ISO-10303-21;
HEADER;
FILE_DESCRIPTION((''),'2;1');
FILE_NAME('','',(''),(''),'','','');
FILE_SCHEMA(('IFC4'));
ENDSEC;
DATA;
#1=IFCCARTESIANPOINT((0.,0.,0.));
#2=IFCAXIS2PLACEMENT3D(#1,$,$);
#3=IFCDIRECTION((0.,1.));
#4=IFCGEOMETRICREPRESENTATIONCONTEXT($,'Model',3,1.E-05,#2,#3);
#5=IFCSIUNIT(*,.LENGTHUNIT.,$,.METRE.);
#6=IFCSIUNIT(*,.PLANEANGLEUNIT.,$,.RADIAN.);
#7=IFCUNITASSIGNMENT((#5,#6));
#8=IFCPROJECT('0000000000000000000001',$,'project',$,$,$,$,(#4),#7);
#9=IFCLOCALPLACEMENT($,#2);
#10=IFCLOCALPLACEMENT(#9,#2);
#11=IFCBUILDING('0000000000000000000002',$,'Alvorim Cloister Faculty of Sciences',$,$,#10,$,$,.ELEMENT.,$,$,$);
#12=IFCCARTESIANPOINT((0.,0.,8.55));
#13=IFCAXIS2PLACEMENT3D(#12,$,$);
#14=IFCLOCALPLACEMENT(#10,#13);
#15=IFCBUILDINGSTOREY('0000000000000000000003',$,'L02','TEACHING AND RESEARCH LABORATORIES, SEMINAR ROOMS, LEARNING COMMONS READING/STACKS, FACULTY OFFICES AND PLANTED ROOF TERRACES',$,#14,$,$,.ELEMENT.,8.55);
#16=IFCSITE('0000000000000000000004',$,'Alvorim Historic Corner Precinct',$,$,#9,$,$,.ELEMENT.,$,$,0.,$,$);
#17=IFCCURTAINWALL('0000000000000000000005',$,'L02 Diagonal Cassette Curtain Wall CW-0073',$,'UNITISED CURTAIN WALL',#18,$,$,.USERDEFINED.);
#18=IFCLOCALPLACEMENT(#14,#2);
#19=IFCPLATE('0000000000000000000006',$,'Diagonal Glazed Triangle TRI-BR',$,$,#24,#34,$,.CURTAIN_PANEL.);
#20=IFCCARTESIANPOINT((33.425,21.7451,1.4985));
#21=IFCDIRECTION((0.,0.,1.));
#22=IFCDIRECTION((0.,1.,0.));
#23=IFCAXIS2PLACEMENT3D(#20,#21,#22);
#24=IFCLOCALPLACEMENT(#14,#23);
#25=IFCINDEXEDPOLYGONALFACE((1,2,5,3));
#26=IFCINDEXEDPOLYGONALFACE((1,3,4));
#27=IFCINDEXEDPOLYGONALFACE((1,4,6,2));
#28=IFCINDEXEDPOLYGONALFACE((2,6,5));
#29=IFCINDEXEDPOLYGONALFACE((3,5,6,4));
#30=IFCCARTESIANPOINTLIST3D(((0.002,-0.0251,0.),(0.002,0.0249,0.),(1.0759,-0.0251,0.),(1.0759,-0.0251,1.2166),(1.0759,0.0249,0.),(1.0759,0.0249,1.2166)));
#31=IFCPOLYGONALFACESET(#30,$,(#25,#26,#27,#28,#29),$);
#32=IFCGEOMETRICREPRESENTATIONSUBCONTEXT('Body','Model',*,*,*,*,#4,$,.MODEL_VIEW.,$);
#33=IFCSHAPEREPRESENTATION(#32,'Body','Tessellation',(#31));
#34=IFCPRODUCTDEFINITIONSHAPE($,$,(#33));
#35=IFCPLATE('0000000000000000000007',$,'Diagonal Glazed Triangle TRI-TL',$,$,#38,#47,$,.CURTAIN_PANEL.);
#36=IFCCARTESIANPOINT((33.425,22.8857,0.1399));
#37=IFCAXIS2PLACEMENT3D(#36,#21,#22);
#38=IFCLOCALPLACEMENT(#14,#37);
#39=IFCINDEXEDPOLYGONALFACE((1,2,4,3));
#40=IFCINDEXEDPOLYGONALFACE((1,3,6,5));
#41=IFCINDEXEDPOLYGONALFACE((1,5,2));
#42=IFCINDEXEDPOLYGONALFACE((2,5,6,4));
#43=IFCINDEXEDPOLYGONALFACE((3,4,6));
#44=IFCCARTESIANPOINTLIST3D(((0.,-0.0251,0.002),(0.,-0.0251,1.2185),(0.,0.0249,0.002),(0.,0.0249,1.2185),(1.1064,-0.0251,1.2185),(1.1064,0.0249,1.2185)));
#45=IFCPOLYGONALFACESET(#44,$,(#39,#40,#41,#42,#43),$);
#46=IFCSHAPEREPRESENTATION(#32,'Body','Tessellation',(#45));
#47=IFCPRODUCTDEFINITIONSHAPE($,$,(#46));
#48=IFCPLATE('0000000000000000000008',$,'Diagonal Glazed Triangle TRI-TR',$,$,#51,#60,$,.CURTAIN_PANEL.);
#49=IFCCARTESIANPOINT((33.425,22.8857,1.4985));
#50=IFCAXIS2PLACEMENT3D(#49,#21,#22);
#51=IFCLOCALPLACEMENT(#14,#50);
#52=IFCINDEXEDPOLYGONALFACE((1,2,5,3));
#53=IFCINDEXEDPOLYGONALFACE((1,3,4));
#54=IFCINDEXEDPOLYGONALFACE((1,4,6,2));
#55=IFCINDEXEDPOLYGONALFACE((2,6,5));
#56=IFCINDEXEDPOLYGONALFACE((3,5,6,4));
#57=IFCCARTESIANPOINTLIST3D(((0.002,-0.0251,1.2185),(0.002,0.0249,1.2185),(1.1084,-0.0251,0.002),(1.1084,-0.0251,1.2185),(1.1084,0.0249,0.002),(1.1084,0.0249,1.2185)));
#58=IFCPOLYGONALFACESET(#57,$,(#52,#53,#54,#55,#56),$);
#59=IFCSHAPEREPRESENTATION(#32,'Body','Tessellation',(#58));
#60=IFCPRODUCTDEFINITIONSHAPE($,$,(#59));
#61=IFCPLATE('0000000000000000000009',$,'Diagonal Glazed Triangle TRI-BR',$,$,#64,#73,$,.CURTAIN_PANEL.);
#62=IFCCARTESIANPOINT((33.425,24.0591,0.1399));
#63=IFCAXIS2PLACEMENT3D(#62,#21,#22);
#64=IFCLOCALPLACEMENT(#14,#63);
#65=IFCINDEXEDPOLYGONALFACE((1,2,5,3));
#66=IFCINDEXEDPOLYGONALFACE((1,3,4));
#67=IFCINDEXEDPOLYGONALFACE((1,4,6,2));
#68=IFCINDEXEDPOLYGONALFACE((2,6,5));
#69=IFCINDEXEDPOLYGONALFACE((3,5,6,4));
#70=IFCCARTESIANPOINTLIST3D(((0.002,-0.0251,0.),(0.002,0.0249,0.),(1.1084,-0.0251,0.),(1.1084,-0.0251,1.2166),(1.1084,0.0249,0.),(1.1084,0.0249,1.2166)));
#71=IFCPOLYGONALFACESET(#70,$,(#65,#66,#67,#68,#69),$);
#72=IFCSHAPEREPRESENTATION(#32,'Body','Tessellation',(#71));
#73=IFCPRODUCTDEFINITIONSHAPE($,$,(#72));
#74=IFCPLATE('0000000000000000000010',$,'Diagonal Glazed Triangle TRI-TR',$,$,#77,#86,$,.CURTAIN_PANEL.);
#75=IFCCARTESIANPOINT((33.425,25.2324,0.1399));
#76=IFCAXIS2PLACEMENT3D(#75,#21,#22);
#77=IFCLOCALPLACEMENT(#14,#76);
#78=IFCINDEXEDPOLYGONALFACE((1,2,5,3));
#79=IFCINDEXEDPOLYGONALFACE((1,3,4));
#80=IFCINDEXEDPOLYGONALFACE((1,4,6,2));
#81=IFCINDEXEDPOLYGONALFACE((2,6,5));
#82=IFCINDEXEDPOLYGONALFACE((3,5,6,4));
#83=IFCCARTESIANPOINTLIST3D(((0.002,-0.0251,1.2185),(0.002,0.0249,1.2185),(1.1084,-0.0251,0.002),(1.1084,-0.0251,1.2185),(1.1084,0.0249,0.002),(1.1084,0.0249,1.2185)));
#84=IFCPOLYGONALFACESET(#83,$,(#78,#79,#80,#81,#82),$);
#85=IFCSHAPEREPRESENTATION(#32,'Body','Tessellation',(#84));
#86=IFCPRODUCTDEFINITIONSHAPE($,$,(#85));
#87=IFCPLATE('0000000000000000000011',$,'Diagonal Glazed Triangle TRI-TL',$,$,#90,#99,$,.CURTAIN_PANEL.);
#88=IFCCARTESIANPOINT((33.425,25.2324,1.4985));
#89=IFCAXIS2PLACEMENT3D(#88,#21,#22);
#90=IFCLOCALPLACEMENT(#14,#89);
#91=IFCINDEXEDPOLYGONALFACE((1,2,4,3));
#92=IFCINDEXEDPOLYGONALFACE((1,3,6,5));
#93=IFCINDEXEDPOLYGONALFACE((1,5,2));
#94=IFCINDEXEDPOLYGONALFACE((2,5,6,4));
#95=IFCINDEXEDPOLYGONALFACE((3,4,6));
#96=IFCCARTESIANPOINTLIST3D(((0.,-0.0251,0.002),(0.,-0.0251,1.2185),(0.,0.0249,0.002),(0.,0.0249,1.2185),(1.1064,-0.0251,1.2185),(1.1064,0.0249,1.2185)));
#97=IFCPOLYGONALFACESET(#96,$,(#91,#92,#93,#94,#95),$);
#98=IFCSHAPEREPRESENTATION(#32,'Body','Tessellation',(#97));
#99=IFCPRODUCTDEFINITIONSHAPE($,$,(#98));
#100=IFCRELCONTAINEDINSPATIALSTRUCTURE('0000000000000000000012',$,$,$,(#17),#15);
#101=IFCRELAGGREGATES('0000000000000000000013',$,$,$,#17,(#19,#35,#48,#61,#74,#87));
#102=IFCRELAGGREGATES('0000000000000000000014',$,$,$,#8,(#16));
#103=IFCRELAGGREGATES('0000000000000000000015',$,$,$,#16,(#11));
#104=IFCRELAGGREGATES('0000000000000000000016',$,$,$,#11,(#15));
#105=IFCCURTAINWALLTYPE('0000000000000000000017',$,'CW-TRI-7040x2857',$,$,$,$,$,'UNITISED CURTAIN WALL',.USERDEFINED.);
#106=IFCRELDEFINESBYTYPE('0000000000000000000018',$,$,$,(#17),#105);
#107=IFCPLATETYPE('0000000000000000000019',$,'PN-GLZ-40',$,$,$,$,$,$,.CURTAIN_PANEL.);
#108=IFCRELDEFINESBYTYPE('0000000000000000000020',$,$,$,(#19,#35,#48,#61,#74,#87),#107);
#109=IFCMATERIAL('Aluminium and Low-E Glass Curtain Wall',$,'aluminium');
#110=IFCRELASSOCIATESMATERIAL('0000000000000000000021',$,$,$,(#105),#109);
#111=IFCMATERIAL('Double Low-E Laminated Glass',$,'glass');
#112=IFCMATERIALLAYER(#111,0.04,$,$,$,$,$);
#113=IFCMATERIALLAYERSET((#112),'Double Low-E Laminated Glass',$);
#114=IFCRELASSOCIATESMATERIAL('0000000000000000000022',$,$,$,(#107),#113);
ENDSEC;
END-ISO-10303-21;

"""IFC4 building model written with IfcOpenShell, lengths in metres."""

from ifc_helpers import new_model, si_unit, direction, frame, origin, place, context, subcontext, project, spatial, polyline, outline, extrude, material, layer, layer_set, type_object, element, aggregate, save


model = new_model("IFC4")

# Units and contexts
model_context = context("Model", 3, precision=1e-05, world=origin(), true_north=direction((0.0, 1.0)))
body_context = subcontext(model_context, "Body", "Model", "MODEL_VIEW")
ifc_project = project(units=[si_unit("LENGTHUNIT", "METRE"), si_unit("PLANEANGLEUNIT", "RADIAN")], contexts=[model_context])

# Site, building, storey
site_placement = place(None, origin())
site = spatial("IfcSite", under=ifc_project, at=site_placement, Name="Alvorim Historic Corner Precinct", CompositionType="ELEMENT", RefElevation=0.0)
building_placement = place(site_placement, origin())
building = spatial("IfcBuilding", under=site, at=building_placement, Name="Alvorim Cloister Faculty of Sciences", CompositionType="ELEMENT")
storey_placement = place(building_placement, frame((0.0, 0.0, 8.55)))
storey = spatial("IfcBuildingStorey", under=building, at=storey_placement, Name="L02", Description="TEACHING AND RESEARCH LABORATORIES, SEMINAR ROOMS, LEARNING COMMONS READING/STACKS, FACULTY OFFICES AND PLANTED ROOF TERRACES", CompositionType="ELEMENT", Elevation=8.55)

# Curtain wall, plates
ifc_material_1 = material(Name="Aluminium and Low-E Glass Curtain Wall", Category="aluminium")
curtain_wall_type = type_object("IfcCurtainWallType", Name="CW-TRI-7040x2857", ElementType="UNITISED CURTAIN WALL", PredefinedType="USERDEFINED", material=ifc_material_1)
curtain_wall_placement = place(storey_placement, origin())
curtain_wall = element("IfcCurtainWall", 1, at=curtain_wall_placement, inside=storey, type_object=curtain_wall_type, Name="L02 Diagonal Cassette Curtain Wall CW-0073", ObjectType="UNITISED CURTAIN WALL", PredefinedType="USERDEFINED")
ifc_material_2 = material(Name="Double Low-E Laminated Glass", Category="glass")
ifc_layer = layer(ifc_material_2, 0.04)
ifc_layer_set = layer_set([ifc_layer], Name="Double Low-E Laminated Glass")
plate_type = type_object("IfcPlateType", Name="PN-GLZ-40", PredefinedType="CURTAIN_PANEL", material=ifc_layer_set)
plate_1_placement = place(storey_placement, frame((33.425, 21.7451, 1.4985), z_axis=(0.0, 0.0, 1.0), x_axis=(0.0, 1.0, 0.0)))
plate_1 = element("IfcPlate", 2, at=plate_1_placement, type_object=plate_type, Name="Diagonal Glazed Triangle TRI-BR", PredefinedType="CURTAIN_PANEL", context=body_context, shape_type="SweptSolid", body=[
    extrude(outline(polyline([(0.002, 0.0), (1.0759, 0.0), (1.0759, 1.2166), (0.002, 0.0)])), frame((0.0, 0.0249, 0.0), z_axis=(0.0, -1.0, 0.0), x_axis=(1.0, 0.0, 0.0)), (0.0, 0.0, 1.0), 0.05),
])
plate_2_placement = place(storey_placement, frame((33.425, 22.8857, 0.1399), z_axis=(0.0, 0.0, 1.0), x_axis=(0.0, 1.0, 0.0)))
plate_2 = element("IfcPlate", 3, at=plate_2_placement, type_object=plate_type, Name="Diagonal Glazed Triangle TRI-TL", PredefinedType="CURTAIN_PANEL", context=body_context, shape_type="SweptSolid", body=[
    extrude(outline(polyline([(1.1064, 1.2185), (0.0, 1.2185), (0.0, 0.002), (1.1064, 1.2185)])), frame((0.0, 0.0249, 0.0), z_axis=(0.0, -1.0, 0.0), x_axis=(1.0, 0.0, 0.0)), (0.0, 0.0, 1.0), 0.05),
])
plate_3_placement = place(storey_placement, frame((33.425, 22.8857, 1.4985), z_axis=(0.0, 0.0, 1.0), x_axis=(0.0, 1.0, 0.0)))
plate_3 = element("IfcPlate", 4, at=plate_3_placement, type_object=plate_type, Name="Diagonal Glazed Triangle TRI-TR", PredefinedType="CURTAIN_PANEL", context=body_context, shape_type="SweptSolid", body=[
    extrude(outline(polyline([(1.1084, 0.002), (1.1084, 1.2185), (0.002, 1.2185), (1.1084, 0.002)])), frame((0.0, 0.0249, 0.0), z_axis=(0.0, -1.0, 0.0), x_axis=(1.0, 0.0, 0.0)), (0.0, 0.0, 1.0), 0.05),
])
plate_4_placement = place(storey_placement, frame((33.425, 24.0591, 0.1399), z_axis=(0.0, 0.0, 1.0), x_axis=(0.0, 1.0, 0.0)))
plate_4 = element("IfcPlate", 5, at=plate_4_placement, type_object=plate_type, Name="Diagonal Glazed Triangle TRI-BR", PredefinedType="CURTAIN_PANEL", context=body_context, shape_type="SweptSolid", body=[
    extrude(outline(polyline([(0.002, 0.0), (1.1084, 0.0), (1.1084, 1.2166), (0.002, 0.0)])), frame((0.0, 0.0249, 0.0), z_axis=(0.0, -1.0, 0.0), x_axis=(1.0, 0.0, 0.0)), (0.0, 0.0, 1.0), 0.05),
])
plate_5_placement = place(storey_placement, frame((33.425, 25.2324, 0.1399), z_axis=(0.0, 0.0, 1.0), x_axis=(0.0, 1.0, 0.0)))
plate_5 = element("IfcPlate", 6, at=plate_5_placement, type_object=plate_type, Name="Diagonal Glazed Triangle TRI-TR", PredefinedType="CURTAIN_PANEL", context=body_context, shape_type="SweptSolid", body=[
    extrude(outline(polyline([(1.1084, 0.002), (1.1084, 1.2185), (0.002, 1.2185), (1.1084, 0.002)])), frame((0.0, 0.0249, 0.0), z_axis=(0.0, -1.0, 0.0), x_axis=(1.0, 0.0, 0.0)), (0.0, 0.0, 1.0), 0.05),
])
plate_6_placement = place(storey_placement, frame((33.425, 25.2324, 1.4985), z_axis=(0.0, 0.0, 1.0), x_axis=(0.0, 1.0, 0.0)))
plate_6 = element("IfcPlate", 7, at=plate_6_placement, type_object=plate_type, Name="Diagonal Glazed Triangle TRI-TL", PredefinedType="CURTAIN_PANEL", context=body_context, shape_type="SweptSolid", body=[
    extrude(outline(polyline([(1.1064, 1.2185), (0.0, 1.2185), (0.0, 0.002), (1.1064, 1.2185)])), frame((0.0, 0.0249, 0.0), z_axis=(0.0, -1.0, 0.0), x_axis=(1.0, 0.0, 0.0)), (0.0, 0.0, 1.0), 0.05),
])
aggregate(curtain_wall, [plate_1, plate_2, plate_3, plate_4, plate_5, plate_6])

save(model, "model.ifc")
